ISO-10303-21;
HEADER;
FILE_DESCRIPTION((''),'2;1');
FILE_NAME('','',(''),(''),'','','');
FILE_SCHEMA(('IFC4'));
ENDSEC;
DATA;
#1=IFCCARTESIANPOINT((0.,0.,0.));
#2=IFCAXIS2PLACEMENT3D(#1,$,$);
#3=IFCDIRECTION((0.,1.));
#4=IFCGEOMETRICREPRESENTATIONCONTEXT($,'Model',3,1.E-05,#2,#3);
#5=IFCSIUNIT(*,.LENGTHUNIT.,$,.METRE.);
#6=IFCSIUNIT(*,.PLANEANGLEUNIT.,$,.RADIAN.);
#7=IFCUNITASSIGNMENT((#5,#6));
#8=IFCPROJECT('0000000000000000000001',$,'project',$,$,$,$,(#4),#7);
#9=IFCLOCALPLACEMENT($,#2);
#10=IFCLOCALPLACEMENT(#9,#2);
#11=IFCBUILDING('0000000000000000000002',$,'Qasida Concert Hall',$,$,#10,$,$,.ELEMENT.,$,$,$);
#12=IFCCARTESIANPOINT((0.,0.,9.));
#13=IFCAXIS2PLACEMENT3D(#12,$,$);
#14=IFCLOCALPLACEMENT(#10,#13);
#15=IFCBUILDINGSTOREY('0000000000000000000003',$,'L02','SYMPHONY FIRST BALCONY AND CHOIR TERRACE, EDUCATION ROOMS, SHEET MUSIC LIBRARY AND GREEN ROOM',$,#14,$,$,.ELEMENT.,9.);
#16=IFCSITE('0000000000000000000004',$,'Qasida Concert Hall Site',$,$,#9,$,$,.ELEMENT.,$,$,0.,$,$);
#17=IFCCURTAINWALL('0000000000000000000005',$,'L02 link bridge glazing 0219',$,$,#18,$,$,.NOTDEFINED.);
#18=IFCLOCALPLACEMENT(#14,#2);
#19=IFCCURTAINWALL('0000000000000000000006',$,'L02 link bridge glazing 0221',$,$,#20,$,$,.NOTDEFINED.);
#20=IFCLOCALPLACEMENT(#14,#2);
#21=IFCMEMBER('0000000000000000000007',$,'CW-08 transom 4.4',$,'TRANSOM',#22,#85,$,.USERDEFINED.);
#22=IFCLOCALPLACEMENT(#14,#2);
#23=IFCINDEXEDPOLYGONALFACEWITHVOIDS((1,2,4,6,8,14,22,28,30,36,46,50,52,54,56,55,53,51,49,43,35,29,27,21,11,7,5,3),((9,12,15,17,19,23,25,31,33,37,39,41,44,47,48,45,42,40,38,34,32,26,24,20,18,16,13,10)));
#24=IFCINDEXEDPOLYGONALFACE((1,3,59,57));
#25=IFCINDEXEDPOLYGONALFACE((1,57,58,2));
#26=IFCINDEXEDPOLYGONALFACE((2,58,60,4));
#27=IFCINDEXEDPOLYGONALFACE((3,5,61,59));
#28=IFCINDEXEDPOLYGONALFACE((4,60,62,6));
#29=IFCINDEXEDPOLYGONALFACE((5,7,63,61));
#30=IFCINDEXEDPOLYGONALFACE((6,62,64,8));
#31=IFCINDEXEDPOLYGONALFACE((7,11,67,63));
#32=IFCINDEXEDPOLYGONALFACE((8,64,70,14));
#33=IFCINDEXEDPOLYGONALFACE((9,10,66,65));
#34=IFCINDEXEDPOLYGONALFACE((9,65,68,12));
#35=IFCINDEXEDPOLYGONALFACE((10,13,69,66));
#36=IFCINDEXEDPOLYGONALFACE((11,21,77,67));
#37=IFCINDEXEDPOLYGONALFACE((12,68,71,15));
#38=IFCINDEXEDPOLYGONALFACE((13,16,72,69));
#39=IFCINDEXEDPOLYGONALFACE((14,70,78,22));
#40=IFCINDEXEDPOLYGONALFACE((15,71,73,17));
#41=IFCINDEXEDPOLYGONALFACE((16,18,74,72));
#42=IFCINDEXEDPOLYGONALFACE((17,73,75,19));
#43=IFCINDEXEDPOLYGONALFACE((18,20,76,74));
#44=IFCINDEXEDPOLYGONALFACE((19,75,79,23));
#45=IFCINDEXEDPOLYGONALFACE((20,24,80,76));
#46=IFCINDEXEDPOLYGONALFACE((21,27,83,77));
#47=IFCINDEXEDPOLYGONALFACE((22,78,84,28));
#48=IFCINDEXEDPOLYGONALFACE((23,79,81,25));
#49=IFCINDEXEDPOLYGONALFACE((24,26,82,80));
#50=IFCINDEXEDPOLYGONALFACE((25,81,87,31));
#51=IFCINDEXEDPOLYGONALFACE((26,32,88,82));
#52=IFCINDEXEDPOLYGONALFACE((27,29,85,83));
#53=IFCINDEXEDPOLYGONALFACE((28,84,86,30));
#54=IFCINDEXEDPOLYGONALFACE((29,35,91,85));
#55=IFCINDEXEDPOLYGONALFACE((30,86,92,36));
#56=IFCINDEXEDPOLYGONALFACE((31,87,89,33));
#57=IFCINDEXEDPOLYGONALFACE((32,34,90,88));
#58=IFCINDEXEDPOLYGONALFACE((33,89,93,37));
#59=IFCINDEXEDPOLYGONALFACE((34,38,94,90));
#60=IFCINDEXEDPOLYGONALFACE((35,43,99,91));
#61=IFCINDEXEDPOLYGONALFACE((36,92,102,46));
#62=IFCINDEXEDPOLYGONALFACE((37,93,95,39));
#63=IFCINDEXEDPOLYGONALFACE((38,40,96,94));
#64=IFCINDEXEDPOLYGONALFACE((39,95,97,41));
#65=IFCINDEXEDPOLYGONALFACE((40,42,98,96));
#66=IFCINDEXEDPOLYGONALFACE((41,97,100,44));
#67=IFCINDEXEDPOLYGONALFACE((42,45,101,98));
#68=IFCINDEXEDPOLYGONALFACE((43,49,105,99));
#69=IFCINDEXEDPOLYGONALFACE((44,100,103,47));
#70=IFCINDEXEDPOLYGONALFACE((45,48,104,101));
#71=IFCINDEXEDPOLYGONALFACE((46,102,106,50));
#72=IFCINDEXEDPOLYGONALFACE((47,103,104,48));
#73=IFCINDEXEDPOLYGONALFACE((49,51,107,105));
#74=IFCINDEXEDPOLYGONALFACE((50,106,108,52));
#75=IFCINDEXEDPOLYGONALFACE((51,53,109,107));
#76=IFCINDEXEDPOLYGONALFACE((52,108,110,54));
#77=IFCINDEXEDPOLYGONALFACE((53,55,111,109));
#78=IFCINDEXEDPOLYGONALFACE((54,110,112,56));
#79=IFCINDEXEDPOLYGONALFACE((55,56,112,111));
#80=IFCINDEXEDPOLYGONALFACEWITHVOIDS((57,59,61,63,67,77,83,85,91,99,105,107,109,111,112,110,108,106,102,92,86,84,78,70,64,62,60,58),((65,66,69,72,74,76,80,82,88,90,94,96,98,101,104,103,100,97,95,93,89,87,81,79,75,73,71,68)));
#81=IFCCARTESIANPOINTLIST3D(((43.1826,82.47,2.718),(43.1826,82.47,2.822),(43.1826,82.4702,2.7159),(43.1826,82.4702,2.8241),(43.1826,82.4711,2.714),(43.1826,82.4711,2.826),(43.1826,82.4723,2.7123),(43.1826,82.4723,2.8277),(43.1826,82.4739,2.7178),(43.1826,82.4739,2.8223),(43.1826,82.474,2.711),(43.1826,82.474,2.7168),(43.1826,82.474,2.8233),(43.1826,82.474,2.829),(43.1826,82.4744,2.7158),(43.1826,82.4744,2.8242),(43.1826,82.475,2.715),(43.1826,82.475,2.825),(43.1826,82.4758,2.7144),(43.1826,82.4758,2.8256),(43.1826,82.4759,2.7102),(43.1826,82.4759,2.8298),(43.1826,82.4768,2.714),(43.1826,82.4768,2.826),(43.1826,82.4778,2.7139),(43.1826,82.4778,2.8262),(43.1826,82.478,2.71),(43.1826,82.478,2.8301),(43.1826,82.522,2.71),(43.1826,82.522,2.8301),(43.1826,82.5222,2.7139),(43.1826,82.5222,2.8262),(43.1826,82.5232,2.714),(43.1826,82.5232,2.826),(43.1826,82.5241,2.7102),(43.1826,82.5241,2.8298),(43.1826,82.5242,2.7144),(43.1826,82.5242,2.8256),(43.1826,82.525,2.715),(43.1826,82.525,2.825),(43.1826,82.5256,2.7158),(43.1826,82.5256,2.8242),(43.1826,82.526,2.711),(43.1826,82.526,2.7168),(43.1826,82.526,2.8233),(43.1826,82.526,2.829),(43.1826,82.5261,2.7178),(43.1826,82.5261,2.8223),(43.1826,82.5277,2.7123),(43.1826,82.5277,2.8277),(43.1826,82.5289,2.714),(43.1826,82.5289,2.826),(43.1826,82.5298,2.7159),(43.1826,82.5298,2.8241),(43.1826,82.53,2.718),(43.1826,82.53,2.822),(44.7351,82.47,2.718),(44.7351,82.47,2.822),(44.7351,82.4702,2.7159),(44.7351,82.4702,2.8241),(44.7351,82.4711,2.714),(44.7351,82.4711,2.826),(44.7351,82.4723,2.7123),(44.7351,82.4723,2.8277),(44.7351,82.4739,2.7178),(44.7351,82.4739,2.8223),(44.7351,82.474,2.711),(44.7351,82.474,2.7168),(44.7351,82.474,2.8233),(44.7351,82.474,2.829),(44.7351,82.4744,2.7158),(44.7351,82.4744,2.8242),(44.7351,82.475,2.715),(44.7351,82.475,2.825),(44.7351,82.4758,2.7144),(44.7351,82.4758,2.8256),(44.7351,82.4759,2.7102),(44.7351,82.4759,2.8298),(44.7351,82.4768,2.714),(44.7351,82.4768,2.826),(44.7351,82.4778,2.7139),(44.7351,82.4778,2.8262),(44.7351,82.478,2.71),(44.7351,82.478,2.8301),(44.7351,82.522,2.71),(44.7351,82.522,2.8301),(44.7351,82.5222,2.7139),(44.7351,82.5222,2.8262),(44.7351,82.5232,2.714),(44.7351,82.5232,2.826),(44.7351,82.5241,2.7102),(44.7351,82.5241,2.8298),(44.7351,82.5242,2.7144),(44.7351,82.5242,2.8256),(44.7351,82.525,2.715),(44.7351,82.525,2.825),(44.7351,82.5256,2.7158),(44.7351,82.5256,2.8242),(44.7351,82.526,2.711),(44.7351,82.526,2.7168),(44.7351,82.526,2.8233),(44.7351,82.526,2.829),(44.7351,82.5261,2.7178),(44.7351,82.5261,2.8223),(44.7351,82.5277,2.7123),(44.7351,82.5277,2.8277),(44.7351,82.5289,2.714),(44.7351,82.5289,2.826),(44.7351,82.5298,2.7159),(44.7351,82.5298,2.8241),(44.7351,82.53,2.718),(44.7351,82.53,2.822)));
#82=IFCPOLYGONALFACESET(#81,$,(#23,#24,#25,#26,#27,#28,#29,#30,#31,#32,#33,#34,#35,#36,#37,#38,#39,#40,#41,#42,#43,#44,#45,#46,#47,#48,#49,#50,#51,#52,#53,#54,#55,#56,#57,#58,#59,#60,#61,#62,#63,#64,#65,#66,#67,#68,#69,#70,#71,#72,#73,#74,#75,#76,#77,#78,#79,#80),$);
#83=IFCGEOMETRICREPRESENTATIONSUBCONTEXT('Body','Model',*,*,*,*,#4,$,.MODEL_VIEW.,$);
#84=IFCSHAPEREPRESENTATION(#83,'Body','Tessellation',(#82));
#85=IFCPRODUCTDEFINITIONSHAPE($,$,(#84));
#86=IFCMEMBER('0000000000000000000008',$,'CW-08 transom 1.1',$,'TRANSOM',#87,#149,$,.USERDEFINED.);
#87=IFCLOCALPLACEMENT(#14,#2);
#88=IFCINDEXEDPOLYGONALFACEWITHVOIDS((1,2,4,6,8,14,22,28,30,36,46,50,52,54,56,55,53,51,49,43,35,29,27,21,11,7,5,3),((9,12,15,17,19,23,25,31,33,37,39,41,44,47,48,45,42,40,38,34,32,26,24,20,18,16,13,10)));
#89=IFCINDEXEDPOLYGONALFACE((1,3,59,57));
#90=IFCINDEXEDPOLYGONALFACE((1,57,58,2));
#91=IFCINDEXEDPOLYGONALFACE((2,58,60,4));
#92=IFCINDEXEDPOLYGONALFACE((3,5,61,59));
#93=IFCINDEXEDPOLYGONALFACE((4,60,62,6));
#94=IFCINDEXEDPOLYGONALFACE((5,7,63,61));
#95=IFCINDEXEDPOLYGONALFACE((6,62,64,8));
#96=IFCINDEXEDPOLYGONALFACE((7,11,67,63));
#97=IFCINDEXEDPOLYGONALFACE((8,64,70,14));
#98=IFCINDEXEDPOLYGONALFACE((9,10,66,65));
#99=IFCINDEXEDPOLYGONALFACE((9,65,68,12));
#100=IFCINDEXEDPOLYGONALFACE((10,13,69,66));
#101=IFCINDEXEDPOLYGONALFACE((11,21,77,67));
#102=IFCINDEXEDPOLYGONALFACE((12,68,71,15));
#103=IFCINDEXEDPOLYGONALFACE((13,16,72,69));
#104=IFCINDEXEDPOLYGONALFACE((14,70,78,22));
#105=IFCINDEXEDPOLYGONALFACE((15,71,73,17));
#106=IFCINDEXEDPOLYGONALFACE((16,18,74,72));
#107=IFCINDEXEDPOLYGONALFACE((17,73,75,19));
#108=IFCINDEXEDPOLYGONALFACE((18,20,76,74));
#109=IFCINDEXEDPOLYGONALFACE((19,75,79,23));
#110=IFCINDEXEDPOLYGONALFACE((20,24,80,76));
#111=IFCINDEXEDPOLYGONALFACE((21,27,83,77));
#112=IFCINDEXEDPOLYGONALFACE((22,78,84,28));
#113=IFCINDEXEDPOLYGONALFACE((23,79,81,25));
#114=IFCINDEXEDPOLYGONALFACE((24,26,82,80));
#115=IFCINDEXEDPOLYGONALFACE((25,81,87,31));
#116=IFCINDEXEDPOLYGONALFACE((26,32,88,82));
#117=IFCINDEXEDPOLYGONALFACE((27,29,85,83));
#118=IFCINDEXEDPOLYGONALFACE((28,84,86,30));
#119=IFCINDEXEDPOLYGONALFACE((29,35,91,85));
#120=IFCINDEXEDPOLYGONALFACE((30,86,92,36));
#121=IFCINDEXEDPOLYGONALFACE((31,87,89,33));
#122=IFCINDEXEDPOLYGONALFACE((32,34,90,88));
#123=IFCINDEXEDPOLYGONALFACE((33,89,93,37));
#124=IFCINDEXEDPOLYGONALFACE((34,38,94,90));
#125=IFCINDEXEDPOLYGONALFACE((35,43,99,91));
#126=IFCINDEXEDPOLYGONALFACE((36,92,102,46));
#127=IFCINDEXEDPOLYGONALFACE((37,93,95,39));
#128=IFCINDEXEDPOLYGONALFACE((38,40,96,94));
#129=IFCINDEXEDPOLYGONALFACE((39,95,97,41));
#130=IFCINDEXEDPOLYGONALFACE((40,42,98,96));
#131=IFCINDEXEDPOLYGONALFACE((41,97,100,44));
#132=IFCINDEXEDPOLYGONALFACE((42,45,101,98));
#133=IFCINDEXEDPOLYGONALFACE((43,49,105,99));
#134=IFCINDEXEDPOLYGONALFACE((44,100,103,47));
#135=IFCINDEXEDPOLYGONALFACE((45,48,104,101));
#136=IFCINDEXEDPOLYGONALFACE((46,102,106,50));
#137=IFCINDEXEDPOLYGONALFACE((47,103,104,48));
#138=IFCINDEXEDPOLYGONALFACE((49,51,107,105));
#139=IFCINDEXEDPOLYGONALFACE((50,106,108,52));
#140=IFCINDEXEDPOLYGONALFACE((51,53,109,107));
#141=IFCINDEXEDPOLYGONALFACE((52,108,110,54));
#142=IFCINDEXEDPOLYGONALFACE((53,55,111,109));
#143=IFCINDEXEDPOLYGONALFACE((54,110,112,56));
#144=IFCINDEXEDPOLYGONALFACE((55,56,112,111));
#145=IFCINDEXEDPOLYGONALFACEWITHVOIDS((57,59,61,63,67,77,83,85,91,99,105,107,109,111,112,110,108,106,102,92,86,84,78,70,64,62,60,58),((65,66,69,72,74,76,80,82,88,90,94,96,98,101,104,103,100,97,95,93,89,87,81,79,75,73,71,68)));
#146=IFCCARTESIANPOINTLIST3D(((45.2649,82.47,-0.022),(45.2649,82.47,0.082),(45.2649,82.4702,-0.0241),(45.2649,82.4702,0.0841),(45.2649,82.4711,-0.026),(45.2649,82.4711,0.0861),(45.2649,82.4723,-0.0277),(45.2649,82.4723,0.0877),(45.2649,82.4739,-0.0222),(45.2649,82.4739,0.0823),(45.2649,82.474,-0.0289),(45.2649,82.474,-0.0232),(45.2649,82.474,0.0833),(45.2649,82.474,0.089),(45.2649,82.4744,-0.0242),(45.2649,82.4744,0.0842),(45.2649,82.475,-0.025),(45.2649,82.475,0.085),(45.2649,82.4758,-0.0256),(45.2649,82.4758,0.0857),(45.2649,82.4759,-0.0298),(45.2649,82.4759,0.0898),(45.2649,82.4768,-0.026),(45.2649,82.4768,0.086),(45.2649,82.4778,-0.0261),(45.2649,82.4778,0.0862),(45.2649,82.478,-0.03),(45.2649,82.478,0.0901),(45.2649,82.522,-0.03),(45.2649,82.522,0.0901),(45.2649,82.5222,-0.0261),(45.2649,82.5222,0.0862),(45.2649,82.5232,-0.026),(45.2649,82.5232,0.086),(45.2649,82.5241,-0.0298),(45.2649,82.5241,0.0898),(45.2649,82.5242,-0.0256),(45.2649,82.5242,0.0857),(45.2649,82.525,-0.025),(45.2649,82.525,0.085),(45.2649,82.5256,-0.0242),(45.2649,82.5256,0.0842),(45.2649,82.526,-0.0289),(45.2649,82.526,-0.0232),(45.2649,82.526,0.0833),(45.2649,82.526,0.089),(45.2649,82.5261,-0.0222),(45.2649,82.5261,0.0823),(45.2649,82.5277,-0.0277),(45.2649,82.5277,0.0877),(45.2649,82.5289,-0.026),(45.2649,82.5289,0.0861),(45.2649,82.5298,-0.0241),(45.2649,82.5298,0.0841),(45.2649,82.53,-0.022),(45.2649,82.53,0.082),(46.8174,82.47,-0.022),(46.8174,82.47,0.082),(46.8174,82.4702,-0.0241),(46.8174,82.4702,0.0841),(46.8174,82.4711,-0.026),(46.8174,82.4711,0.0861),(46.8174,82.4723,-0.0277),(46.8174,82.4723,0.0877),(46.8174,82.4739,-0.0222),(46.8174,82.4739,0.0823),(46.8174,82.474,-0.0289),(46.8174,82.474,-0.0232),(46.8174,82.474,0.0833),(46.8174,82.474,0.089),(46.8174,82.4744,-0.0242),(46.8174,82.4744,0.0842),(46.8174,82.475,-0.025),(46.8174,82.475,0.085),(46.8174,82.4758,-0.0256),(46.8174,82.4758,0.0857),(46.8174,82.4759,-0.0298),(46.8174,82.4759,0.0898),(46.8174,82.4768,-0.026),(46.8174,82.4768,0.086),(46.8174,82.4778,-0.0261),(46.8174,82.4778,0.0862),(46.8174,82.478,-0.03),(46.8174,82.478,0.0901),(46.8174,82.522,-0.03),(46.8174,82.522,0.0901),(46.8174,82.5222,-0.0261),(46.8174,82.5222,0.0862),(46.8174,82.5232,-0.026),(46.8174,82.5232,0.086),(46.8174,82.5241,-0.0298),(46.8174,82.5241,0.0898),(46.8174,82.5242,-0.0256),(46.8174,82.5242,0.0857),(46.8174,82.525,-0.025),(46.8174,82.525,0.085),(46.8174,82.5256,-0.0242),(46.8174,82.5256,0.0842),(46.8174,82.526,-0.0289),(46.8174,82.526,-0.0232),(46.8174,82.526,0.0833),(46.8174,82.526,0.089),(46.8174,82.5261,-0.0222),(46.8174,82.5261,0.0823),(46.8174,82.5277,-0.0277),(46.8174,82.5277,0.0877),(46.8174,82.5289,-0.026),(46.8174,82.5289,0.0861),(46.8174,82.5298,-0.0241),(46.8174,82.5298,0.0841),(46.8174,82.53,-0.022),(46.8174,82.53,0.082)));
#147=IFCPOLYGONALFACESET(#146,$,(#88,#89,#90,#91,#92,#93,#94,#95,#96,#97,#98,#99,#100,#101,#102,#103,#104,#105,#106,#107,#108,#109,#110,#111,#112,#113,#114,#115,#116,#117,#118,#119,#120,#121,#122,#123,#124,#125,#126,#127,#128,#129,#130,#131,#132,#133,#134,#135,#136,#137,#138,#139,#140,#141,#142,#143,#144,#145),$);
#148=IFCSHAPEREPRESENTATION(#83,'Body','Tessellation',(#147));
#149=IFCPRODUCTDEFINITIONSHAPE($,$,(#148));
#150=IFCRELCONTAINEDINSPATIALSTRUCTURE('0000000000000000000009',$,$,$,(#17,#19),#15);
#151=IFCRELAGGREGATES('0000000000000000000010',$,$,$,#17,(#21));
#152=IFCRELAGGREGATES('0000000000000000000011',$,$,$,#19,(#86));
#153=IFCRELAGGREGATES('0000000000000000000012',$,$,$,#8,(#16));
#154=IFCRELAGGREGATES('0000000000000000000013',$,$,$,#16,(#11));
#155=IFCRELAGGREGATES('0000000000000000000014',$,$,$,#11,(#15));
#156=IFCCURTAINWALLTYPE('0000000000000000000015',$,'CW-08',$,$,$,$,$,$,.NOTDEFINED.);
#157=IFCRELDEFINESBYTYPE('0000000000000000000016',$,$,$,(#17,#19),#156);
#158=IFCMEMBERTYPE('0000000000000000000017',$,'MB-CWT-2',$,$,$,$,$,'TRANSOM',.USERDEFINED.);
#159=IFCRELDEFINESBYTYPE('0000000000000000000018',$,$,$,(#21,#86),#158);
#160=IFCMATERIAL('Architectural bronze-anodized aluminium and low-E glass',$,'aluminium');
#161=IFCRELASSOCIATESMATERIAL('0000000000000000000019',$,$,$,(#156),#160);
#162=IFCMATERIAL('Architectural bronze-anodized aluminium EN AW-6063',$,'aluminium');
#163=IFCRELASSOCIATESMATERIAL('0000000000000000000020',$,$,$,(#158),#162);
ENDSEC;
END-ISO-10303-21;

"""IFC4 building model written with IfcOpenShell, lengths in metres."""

from ifc_helpers import new_model, si_unit, direction, frame, origin, origin_2d, place, context, subcontext, project, spatial, hollow_rectangle, extrude, material, material_profile, profile_set, type_object, element, aggregate, save


model = new_model("IFC4")

# Units and contexts
model_context = context("Model", 3, precision=1e-05, world=origin(), true_north=direction((0.0, 1.0)))
body_context = subcontext(model_context, "Body", "Model", "MODEL_VIEW")
ifc_project = project(units=[si_unit("LENGTHUNIT", "METRE"), si_unit("PLANEANGLEUNIT", "RADIAN")], contexts=[model_context])

# Site, building, storey
site_placement = place(None, origin())
site = spatial("IfcSite", under=ifc_project, at=site_placement, Name="Qasida Concert Hall Site", CompositionType="ELEMENT", RefElevation=0.0)
building_placement = place(site_placement, origin())
building = spatial("IfcBuilding", under=site, at=building_placement, Name="Qasida Concert Hall", CompositionType="ELEMENT")
storey_placement = place(building_placement, frame((0.0, 0.0, 9.0)))
storey = spatial("IfcBuildingStorey", under=building, at=storey_placement, Name="L02", Description="SYMPHONY FIRST BALCONY AND CHOIR TERRACE, EDUCATION ROOMS, SHEET MUSIC LIBRARY AND GREEN ROOM", CompositionType="ELEMENT", Elevation=9.0)

# Curtain walls
ifc_material_1 = material(Name="Architectural bronze-anodized aluminium and low-E glass", Category="aluminium")
curtain_wall_type = type_object("IfcCurtainWallType", Name="CW-08", PredefinedType="NOTDEFINED", material=ifc_material_1)
curtain_wall_1_placement = place(storey_placement, origin())
curtain_wall_1 = element("IfcCurtainWall", 1, at=curtain_wall_1_placement, inside=storey, type_object=curtain_wall_type, Name="L02 link bridge glazing 0219", PredefinedType="NOTDEFINED")
ifc_material_2 = material(Name="Architectural bronze-anodized aluminium EN AW-6063", Category="aluminium")
curtain_wall_2_placement = place(storey_placement, origin())
curtain_wall_2 = element("IfcCurtainWall", 2, at=curtain_wall_2_placement, inside=storey, type_object=curtain_wall_type, Name="L02 link bridge glazing 0221", PredefinedType="NOTDEFINED")

# Members
ifc_material_profile_1 = material_profile(ifc_material_2, hollow_rectangle(XDim=0.0601, YDim=0.1201, WallThickness=0.0039, InnerFilletRadius=0.0039, OuterFilletRadius=0.0081, at=origin_2d()), Name="CWT 120x60x4")
ifc_profile_set_1 = profile_set([ifc_material_profile_1], Name="Architectural bronze-anodized aluminium EN AW-6063")
member_type_1 = type_object("IfcMemberType", Name="MB-CWT-2", ElementType="TRANSOM", PredefinedType="USERDEFINED", material=ifc_profile_set_1)
member_1_placement = place(storey_placement, frame((43.1826, 82.5, 2.77), z_axis=(1.0, 0.0, 0.0), x_axis=(0.0, 1.0, 0.0)))
member_1 = element("IfcMember", 3, at=member_1_placement, type_object=member_type_1, Name="CW-08 transom 4.4", ObjectType="TRANSOM", PredefinedType="USERDEFINED", context=body_context, shape_type="SweptSolid", body=[
    extrude(hollow_rectangle(XDim=0.0601, YDim=0.1201, WallThickness=0.0039, InnerFilletRadius=0.0039, OuterFilletRadius=0.0081, at=origin_2d()), origin(), (0.0, 0.0, 1.0), 1.5525),
])
member_2_placement = place(storey_placement, frame((45.2649, 82.5, 0.03), z_axis=(1.0, 0.0, 0.0), x_axis=(0.0, 1.0, 0.0)))
member_2 = element("IfcMember", 4, at=member_2_placement, type_object=member_type_1, Name="CW-08 transom 1.1", ObjectType="TRANSOM", PredefinedType="USERDEFINED", context=body_context, shape_type="SweptSolid", body=[
    extrude(hollow_rectangle(XDim=0.0601, YDim=0.1201, WallThickness=0.0039, InnerFilletRadius=0.0039, OuterFilletRadius=0.0081, at=origin_2d()), origin(), (0.0, 0.0, 1.0), 1.5525),
])

aggregate(curtain_wall_1, [member_1])
aggregate(curtain_wall_2, [member_2])

save(model, "model.ifc")
